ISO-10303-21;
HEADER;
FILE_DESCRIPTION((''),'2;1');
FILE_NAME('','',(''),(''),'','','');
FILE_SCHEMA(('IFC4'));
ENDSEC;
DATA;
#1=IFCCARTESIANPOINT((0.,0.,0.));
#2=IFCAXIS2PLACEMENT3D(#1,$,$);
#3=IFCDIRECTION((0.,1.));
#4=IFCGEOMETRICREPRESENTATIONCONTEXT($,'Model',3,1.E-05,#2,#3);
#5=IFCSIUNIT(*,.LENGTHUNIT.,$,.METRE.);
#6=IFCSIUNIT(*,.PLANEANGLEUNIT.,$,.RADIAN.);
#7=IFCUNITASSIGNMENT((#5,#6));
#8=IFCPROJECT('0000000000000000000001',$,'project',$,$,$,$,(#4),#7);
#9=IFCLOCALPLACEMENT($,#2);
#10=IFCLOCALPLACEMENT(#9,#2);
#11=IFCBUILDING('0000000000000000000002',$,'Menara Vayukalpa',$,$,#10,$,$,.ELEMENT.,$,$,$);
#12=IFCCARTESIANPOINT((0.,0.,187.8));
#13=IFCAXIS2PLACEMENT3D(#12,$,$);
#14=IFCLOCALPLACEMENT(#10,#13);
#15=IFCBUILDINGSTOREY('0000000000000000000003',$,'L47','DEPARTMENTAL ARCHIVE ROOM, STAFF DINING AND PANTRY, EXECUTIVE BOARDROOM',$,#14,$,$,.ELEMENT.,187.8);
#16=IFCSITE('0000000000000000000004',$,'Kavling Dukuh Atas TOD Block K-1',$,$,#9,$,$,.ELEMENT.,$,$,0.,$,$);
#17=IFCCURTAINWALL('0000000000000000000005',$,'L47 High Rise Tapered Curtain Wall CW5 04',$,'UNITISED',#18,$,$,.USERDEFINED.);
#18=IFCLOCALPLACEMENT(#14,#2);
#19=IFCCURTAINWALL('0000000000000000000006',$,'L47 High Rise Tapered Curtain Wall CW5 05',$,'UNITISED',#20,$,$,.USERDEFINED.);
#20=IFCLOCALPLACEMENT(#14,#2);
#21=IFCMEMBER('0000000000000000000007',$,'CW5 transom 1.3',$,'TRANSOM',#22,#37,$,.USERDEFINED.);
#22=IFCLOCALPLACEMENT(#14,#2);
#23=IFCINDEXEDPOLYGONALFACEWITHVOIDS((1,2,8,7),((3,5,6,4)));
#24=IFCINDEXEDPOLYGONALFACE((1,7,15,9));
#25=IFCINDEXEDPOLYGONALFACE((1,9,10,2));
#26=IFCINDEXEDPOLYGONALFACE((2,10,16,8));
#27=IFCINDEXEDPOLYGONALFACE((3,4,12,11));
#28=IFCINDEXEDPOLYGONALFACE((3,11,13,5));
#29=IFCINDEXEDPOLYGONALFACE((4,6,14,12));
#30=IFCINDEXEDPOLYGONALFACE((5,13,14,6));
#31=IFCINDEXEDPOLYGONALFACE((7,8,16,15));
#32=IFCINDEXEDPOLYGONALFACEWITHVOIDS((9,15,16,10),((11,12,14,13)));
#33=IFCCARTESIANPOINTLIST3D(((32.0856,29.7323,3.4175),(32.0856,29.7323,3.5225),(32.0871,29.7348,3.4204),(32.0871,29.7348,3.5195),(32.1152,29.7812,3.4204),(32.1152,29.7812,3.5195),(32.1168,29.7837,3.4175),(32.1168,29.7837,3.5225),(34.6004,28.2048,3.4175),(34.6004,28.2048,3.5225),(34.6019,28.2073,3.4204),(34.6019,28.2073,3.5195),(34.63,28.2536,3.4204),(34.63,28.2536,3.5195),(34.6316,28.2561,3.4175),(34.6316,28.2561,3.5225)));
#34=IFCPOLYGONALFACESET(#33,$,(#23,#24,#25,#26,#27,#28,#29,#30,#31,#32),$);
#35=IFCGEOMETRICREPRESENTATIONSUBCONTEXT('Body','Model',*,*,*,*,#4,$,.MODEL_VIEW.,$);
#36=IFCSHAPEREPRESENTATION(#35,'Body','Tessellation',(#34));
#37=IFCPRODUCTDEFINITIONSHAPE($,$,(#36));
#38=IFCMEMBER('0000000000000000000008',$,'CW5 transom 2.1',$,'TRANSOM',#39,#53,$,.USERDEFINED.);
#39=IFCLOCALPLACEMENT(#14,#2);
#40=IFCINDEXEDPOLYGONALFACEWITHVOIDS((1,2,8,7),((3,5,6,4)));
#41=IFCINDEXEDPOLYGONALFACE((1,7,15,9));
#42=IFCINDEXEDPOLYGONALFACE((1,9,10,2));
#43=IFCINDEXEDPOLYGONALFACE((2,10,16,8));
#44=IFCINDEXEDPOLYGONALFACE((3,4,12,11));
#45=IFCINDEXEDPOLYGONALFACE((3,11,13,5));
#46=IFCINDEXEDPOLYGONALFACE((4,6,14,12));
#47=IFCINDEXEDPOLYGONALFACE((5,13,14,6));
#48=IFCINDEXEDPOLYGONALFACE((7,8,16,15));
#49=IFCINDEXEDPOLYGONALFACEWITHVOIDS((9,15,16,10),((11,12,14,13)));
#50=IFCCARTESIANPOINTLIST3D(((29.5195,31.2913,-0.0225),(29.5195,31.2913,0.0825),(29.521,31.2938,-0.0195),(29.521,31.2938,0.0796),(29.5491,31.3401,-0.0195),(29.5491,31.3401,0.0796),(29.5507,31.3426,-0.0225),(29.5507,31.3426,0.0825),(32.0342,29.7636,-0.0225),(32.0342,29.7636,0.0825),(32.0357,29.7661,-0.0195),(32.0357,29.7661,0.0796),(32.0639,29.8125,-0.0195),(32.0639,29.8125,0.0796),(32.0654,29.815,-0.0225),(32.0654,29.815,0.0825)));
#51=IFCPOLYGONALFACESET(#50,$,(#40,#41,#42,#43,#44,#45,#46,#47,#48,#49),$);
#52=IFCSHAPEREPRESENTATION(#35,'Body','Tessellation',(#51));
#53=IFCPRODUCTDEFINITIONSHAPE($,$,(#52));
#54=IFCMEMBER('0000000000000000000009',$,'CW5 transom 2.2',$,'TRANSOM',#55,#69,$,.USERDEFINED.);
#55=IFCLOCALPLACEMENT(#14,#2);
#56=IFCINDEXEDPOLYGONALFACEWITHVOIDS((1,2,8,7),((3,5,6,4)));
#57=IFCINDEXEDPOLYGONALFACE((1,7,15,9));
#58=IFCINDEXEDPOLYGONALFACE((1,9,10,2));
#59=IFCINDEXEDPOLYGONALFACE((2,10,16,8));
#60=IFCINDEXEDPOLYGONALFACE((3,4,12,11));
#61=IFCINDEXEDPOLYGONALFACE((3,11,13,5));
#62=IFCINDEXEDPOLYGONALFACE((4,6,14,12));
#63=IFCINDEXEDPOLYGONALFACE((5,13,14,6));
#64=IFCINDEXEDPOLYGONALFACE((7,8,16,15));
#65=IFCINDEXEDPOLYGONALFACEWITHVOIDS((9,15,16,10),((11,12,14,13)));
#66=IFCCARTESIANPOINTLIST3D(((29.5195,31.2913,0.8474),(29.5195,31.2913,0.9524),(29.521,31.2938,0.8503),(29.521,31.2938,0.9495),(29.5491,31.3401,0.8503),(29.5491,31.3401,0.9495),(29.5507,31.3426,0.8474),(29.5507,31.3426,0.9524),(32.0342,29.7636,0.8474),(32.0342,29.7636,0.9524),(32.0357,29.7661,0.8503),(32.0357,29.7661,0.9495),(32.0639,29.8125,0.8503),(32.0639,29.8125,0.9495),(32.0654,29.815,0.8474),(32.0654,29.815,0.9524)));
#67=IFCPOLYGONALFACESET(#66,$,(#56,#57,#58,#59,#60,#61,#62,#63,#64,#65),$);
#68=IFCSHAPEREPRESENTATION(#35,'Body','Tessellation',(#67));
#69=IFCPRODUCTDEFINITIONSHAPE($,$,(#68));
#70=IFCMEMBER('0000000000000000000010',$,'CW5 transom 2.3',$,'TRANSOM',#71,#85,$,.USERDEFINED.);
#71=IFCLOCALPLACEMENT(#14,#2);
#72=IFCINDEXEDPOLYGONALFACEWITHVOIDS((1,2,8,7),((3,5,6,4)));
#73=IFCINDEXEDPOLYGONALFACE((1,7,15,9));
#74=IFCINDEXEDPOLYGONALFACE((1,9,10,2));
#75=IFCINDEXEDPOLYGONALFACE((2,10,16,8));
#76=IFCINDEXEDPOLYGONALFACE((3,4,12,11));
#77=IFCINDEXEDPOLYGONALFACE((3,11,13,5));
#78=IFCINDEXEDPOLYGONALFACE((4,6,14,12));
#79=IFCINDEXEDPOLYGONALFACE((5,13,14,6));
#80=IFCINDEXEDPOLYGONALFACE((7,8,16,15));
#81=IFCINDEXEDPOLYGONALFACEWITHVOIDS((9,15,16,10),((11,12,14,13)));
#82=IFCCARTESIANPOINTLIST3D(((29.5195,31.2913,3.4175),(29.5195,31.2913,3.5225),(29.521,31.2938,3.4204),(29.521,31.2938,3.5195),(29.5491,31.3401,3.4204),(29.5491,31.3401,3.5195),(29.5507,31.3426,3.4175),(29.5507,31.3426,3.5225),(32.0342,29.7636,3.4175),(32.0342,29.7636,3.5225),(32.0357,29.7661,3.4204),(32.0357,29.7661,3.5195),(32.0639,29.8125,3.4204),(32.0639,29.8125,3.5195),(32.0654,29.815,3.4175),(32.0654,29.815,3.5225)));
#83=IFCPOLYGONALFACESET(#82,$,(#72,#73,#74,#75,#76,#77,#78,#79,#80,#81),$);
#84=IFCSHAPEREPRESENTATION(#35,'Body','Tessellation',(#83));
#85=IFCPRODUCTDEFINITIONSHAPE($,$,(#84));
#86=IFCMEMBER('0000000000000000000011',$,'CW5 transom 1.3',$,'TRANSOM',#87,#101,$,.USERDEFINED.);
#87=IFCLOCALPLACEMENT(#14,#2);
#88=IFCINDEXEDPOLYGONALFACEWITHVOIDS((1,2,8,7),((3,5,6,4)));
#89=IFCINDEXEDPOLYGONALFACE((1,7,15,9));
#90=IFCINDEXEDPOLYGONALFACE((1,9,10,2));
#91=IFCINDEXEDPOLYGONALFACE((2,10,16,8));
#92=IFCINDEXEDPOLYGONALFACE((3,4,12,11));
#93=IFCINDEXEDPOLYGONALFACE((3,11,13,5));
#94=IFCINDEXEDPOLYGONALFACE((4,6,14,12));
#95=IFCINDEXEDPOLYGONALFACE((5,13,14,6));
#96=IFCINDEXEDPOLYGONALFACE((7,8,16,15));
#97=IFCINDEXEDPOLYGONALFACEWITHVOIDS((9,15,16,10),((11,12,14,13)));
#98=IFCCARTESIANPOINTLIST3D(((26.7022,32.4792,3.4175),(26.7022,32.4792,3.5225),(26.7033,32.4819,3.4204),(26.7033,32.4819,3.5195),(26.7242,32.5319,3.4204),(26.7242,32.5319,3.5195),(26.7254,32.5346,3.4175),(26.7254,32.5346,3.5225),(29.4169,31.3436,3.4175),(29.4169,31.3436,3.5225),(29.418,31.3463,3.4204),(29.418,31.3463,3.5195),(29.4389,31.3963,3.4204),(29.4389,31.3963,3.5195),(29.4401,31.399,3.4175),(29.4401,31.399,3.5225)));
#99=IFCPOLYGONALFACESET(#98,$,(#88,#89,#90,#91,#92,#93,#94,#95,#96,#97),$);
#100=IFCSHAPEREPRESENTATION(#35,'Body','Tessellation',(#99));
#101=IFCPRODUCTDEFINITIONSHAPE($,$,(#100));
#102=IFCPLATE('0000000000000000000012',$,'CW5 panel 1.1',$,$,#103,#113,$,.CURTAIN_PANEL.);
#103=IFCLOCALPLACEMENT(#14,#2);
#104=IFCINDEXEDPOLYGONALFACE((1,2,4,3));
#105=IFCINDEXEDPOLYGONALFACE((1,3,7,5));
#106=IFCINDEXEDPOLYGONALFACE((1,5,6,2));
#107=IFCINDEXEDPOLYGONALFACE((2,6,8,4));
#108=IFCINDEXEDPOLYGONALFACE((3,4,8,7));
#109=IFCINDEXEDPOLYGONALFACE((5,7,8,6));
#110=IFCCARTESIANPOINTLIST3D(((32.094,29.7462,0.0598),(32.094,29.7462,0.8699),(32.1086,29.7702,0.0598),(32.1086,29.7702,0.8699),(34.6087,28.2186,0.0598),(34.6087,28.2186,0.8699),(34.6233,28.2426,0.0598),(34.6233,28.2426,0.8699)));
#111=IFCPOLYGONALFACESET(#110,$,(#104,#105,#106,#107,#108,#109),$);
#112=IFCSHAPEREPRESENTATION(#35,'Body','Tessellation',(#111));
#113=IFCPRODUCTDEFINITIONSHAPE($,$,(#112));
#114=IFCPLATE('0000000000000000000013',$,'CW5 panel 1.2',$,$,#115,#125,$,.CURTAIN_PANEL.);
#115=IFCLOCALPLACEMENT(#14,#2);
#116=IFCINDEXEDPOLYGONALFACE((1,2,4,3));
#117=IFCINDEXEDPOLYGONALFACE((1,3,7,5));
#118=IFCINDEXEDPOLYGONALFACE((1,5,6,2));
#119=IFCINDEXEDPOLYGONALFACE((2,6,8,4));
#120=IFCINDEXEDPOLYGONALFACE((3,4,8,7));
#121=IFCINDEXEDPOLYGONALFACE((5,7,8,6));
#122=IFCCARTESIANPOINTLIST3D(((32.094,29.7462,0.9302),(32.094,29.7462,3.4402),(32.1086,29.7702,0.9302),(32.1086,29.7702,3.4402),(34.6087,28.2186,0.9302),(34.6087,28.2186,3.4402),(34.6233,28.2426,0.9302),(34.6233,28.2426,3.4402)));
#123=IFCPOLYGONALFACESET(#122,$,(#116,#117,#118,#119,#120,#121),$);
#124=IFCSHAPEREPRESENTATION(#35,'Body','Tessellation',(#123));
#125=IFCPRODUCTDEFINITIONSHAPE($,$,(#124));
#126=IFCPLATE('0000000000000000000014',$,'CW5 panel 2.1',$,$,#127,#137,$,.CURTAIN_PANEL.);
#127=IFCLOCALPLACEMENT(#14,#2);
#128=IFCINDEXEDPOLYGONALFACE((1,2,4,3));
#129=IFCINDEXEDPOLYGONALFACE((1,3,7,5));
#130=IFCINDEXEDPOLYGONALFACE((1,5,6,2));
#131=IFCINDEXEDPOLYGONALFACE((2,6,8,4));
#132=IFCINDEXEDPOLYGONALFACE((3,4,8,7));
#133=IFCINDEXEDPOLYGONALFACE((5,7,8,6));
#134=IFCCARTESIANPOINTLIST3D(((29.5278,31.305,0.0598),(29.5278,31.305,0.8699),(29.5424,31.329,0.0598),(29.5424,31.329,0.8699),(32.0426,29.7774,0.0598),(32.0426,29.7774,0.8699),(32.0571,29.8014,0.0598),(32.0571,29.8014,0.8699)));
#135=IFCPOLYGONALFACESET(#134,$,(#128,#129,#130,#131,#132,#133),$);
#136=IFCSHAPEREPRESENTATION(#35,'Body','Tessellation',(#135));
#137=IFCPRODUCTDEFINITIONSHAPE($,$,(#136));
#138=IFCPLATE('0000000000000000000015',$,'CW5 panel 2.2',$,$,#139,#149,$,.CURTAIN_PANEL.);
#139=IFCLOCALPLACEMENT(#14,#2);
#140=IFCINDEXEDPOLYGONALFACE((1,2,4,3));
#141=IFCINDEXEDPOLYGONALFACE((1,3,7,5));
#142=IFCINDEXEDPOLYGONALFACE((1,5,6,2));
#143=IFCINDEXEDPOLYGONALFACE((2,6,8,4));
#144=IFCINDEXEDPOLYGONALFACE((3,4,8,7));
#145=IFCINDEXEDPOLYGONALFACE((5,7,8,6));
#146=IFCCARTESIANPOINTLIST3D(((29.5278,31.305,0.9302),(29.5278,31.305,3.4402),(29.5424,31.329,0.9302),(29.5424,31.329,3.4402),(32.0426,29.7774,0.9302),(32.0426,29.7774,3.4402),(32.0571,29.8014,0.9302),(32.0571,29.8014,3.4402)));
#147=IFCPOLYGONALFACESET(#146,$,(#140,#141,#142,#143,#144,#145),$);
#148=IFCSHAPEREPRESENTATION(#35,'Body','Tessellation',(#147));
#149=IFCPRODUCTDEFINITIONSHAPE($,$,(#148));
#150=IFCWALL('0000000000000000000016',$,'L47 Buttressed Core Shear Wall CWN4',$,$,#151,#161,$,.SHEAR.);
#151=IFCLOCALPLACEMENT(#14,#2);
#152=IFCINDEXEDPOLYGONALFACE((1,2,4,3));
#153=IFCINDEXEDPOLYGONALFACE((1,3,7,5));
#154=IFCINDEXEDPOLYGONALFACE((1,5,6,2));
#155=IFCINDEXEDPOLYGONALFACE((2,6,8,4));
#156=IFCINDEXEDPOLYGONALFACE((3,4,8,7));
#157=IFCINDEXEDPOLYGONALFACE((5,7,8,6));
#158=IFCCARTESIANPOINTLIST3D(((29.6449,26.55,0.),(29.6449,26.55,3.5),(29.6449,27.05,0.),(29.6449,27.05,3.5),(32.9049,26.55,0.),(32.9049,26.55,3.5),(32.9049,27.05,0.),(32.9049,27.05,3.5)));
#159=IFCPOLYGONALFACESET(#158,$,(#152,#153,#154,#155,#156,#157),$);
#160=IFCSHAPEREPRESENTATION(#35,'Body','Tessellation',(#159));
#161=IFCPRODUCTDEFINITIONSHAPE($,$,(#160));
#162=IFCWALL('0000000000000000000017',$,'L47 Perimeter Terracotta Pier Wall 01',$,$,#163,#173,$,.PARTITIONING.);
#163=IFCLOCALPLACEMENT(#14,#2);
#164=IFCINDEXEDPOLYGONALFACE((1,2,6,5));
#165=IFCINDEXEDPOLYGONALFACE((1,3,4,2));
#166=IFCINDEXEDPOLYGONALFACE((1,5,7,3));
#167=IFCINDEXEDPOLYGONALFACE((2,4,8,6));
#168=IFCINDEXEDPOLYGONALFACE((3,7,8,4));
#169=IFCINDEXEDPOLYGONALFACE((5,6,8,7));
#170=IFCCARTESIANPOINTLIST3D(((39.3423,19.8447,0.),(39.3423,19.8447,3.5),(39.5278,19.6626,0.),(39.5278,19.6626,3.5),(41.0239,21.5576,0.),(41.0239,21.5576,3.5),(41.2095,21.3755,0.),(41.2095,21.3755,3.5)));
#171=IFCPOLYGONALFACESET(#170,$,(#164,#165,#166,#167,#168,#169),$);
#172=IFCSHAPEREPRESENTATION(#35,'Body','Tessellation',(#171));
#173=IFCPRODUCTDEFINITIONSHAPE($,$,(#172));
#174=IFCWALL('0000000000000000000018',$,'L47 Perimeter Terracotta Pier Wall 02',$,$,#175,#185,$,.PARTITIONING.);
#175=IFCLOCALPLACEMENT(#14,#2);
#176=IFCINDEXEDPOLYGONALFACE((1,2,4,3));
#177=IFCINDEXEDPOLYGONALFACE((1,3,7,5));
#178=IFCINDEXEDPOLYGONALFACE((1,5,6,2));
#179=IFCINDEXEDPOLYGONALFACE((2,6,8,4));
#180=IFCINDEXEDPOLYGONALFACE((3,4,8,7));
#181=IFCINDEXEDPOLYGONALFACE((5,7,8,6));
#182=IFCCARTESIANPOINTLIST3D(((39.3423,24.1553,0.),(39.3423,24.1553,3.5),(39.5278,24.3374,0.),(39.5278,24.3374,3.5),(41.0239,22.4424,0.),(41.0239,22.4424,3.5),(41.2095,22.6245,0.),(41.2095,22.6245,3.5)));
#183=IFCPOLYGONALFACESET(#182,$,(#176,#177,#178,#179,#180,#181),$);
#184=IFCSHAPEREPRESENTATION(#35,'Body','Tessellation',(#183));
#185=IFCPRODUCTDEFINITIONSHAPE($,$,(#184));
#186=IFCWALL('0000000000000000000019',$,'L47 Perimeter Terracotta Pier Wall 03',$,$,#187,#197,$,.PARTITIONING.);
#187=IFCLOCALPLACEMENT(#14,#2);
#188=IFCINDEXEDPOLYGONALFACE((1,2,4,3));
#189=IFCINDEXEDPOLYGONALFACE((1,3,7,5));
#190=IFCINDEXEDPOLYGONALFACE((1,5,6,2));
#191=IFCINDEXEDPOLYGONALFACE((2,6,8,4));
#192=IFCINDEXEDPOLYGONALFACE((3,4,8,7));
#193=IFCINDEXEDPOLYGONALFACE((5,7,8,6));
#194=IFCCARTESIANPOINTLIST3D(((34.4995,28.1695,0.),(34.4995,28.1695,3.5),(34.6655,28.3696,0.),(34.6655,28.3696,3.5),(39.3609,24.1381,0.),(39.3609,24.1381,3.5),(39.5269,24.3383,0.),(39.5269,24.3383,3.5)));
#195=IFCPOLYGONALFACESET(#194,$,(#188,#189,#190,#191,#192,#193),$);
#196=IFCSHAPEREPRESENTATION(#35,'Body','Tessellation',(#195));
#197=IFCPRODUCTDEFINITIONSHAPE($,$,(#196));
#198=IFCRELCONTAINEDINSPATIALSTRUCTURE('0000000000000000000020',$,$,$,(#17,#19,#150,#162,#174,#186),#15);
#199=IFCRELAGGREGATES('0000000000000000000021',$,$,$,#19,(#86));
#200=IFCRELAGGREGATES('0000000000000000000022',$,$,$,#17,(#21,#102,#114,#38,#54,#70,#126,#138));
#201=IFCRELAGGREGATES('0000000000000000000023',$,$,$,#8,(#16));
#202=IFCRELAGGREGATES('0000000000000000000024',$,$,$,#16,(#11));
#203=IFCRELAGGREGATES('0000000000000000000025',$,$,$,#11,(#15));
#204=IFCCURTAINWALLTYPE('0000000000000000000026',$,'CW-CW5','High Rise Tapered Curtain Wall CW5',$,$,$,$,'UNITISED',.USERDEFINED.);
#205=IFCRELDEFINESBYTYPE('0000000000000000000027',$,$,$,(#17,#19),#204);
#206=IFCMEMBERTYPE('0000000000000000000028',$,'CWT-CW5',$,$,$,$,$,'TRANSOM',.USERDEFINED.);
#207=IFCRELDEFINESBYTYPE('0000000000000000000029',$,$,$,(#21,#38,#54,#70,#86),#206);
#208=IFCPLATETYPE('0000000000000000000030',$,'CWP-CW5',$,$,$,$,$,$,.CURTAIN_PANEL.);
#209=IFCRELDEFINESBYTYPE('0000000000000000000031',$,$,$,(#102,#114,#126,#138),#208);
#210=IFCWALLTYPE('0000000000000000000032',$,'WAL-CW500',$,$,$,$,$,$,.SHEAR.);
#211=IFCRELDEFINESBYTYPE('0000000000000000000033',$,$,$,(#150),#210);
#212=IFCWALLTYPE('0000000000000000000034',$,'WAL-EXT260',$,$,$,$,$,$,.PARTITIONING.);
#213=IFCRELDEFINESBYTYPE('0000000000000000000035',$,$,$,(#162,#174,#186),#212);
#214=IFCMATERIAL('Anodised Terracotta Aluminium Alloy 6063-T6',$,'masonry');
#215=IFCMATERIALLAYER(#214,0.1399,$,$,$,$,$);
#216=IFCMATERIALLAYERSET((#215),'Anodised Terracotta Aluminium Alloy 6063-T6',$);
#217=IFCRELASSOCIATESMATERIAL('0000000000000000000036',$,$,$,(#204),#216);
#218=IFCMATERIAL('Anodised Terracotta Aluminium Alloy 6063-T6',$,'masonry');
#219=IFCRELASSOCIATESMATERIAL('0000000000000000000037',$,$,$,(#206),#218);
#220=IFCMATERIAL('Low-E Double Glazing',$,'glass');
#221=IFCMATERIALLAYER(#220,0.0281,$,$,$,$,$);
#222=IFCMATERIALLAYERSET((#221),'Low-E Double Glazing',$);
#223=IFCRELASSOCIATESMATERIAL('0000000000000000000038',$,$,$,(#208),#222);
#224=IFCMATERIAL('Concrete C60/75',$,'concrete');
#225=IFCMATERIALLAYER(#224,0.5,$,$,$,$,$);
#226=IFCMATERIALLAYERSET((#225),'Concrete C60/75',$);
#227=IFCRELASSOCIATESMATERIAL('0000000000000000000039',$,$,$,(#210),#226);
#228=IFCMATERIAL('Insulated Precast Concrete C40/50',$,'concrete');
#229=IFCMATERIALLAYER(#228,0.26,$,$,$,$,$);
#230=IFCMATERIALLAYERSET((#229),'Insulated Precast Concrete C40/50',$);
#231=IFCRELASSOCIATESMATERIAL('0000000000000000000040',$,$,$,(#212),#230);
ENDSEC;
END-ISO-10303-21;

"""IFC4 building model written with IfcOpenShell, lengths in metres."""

from ifc_helpers import new_model, si_unit, direction, frame, frame_2d, origin, origin_2d, place, context, subcontext, project, spatial, rectangle, hollow_rectangle, extrude, material, layer, layer_set, material_profile, profile_set, type_object, element, aggregate, save


model = new_model("IFC4")

# Units and contexts
model_context = context("Model", 3, precision=1e-05, world=origin(), true_north=direction((0.0, 1.0)))
body_context = subcontext(model_context, "Body", "Model", "MODEL_VIEW")
ifc_project = project(units=[si_unit("LENGTHUNIT", "METRE"), si_unit("PLANEANGLEUNIT", "RADIAN")], contexts=[model_context])

# Site, building, storey
site_placement = place(None, origin())
site = spatial("IfcSite", under=ifc_project, at=site_placement, Name="Kavling Dukuh Atas TOD Block K-1", CompositionType="ELEMENT", RefElevation=0.0)
building_placement = place(site_placement, origin())
building = spatial("IfcBuilding", under=site, at=building_placement, Name="Menara Vayukalpa", CompositionType="ELEMENT")
storey_placement = place(building_placement, frame((0.0, 0.0, 187.8)))
storey = spatial("IfcBuildingStorey", under=building, at=storey_placement, Name="L47", Description="DEPARTMENTAL ARCHIVE ROOM, STAFF DINING AND PANTRY, EXECUTIVE BOARDROOM", CompositionType="ELEMENT", Elevation=187.8)

# Curtain wall
ifc_material_1 = material(Name="Anodised Terracotta Aluminium Alloy 6063-T6", Category="masonry")
ifc_layer_1 = layer(ifc_material_1, 0.1399)
ifc_layer_set_1 = layer_set([ifc_layer_1], Name="Anodised Terracotta Aluminium Alloy 6063-T6")
curtain_wall_type = type_object("IfcCurtainWallType", Name="CW-CW5", Description="High Rise Tapered Curtain Wall CW5", ElementType="UNITISED", PredefinedType="USERDEFINED", material=ifc_layer_set_1)
curtain_wall_1_placement = place(storey_placement, origin())
curtain_wall_1 = element("IfcCurtainWall", 1, at=curtain_wall_1_placement, inside=storey, type_object=curtain_wall_type, Name="L47 High Rise Tapered Curtain Wall CW5 04", ObjectType="UNITISED", PredefinedType="USERDEFINED")

# Curtain wall
curtain_wall_2_placement = place(storey_placement, origin())
curtain_wall_2 = element("IfcCurtainWall", 2, at=curtain_wall_2_placement, inside=storey, type_object=curtain_wall_type, Name="L47 High Rise Tapered Curtain Wall CW5 05", ObjectType="UNITISED", PredefinedType="USERDEFINED")

# Members
ifc_material_2 = material(Name="Anodised Terracotta Aluminium Alloy 6063-T6", Category="masonry")
ifc_material_profile_1 = material_profile(ifc_material_2, hollow_rectangle(XDim=0.0601, YDim=0.105, WallThickness=0.0029, at=origin_2d()), Name="ALU 60x105x3")
ifc_profile_set_1 = profile_set([ifc_material_profile_1], Name="Anodised Terracotta Aluminium Alloy 6063-T6")
member_type_1 = type_object("IfcMemberType", Name="CWT-CW5", ElementType="TRANSOM", PredefinedType="USERDEFINED", material=ifc_profile_set_1)
member_1_placement = place(storey_placement, frame((34.616, 28.2305, 3.47), z_axis=(-0.854684, 0.519149, 0.0), x_axis=(-0.519149, -0.854684, 0.0)))
member_1 = element("IfcMember", 3, at=member_1_placement, type_object=member_type_1, Name="CW5 transom 1.3", ObjectType="TRANSOM", PredefinedType="USERDEFINED", context=body_context, shape_type="SweptSolid", body=[
    extrude(hollow_rectangle(XDim=0.0601, YDim=0.105, WallThickness=0.0029, at=origin_2d()), origin(), (0.0, 0.0, 1.0), 2.9424),
])
member_2_placement = place(storey_placement, frame((32.0498, 29.7893, 0.03), z_axis=(-0.854661, 0.519186, 0.0), x_axis=(-0.519186, -0.854661, 0.0)))
member_2 = element("IfcMember", 4, at=member_2_placement, type_object=member_type_1, Name="CW5 transom 2.1", ObjectType="TRANSOM", PredefinedType="USERDEFINED", context=body_context, shape_type="SweptSolid", body=[
    extrude(hollow_rectangle(XDim=0.0601, YDim=0.105, WallThickness=0.0029, at=origin_2d()), origin(), (0.0, 0.0, 1.0), 2.9424),
])
member_3_placement = place(storey_placement, frame((32.0498, 29.7893, 0.8999), z_axis=(-0.854661, 0.519186, 0.0), x_axis=(-0.519186, -0.854661, 0.0)))
member_3 = element("IfcMember", 5, at=member_3_placement, type_object=member_type_1, Name="CW5 transom 2.2", ObjectType="TRANSOM", PredefinedType="USERDEFINED", context=body_context, shape_type="SweptSolid", body=[
    extrude(hollow_rectangle(XDim=0.0601, YDim=0.105, WallThickness=0.0029, at=origin_2d()), origin(), (0.0, 0.0, 1.0), 2.9424),
])
member_4_placement = place(storey_placement, frame((32.0498, 29.7893, 3.47), z_axis=(-0.854661, 0.519186, 0.0), x_axis=(-0.519186, -0.854661, 0.0)))
member_4 = element("IfcMember", 6, at=member_4_placement, type_object=member_type_1, Name="CW5 transom 2.3", ObjectType="TRANSOM", PredefinedType="USERDEFINED", context=body_context, shape_type="SweptSolid", body=[
    extrude(hollow_rectangle(XDim=0.0601, YDim=0.105, WallThickness=0.0029, at=origin_2d()), origin(), (0.0, 0.0, 1.0), 2.9424),
])
member_5_placement = place(storey_placement, frame((29.4285, 31.3713, 3.47), z_axis=(-0.922543, 0.385893, 0.0), x_axis=(-0.385893, -0.922543, 0.0)))
member_5 = element("IfcMember", 7, at=member_5_placement, type_object=member_type_1, Name="CW5 transom 1.3", ObjectType="TRANSOM", PredefinedType="USERDEFINED", context=body_context, shape_type="SweptSolid", body=[
    extrude(hollow_rectangle(XDim=0.0601, YDim=0.105, WallThickness=0.0029, at=origin_2d()), origin(), (0.0, 0.0, 1.0), 2.9426),
])
aggregate(curtain_wall_2, [member_5])

# Plates
ifc_material_3 = material(Name="Low-E Double Glazing", Category="glass")
ifc_layer_2 = layer(ifc_material_3, 0.0281)
ifc_layer_set_2 = layer_set([ifc_layer_2], Name="Low-E Double Glazing")
plate_type = type_object("IfcPlateType", Name="CWP-CW5", PredefinedType="CURTAIN_PANEL", material=ifc_layer_set_2)
plate_1_placement = place(storey_placement, frame((33.3586, 28.9944, 0.0598), z_axis=(0.0, 0.0, 1.0), x_axis=(-0.854665, 0.51918, 0.0)))
plate_1 = element("IfcPlate", 8, at=plate_1_placement, type_object=plate_type, Name="CW5 panel 1.1", PredefinedType="CURTAIN_PANEL", context=body_context, shape_type="SweptSolid", body=[
    extrude(rectangle(XDim=2.9424, YDim=0.0281, at=origin_2d()), origin(), (0.0, 0.0, 1.0), 0.8101),
])
plate_2_placement = place(storey_placement, frame((33.3586, 28.9944, 0.9302), z_axis=(0.0, 0.0, 1.0), x_axis=(-0.854665, 0.51918, 0.0)))
plate_2 = element("IfcPlate", 9, at=plate_2_placement, type_object=plate_type, Name="CW5 panel 1.2", PredefinedType="CURTAIN_PANEL", context=body_context, shape_type="SweptSolid", body=[
    extrude(rectangle(XDim=2.9424, YDim=0.0281, at=origin_2d()), origin(), (0.0, 0.0, 1.0), 2.51),
])
plate_3_placement = place(storey_placement, frame((30.7925, 30.5532, 0.0598), z_axis=(0.0, 0.0, 1.0), x_axis=(-0.854665, 0.51918, 0.0)))
plate_3 = element("IfcPlate", 10, at=plate_3_placement, type_object=plate_type, Name="CW5 panel 2.1", PredefinedType="CURTAIN_PANEL", context=body_context, shape_type="SweptSolid", body=[
    extrude(rectangle(XDim=2.9424, YDim=0.0281, at=origin_2d()), origin(), (0.0, 0.0, 1.0), 0.8101),
])
plate_4_placement = place(storey_placement, frame((30.7925, 30.5532, 0.9302), z_axis=(0.0, 0.0, 1.0), x_axis=(-0.854665, 0.51918, 0.0)))
plate_4 = element("IfcPlate", 11, at=plate_4_placement, type_object=plate_type, Name="CW5 panel 2.2", PredefinedType="CURTAIN_PANEL", context=body_context, shape_type="SweptSolid", body=[
    extrude(rectangle(XDim=2.9424, YDim=0.0281, at=origin_2d()), origin(), (0.0, 0.0, 1.0), 2.51),
])
aggregate(curtain_wall_1, [member_1, plate_1, plate_2, member_2, member_3, member_4, plate_3, plate_4])

# Walls
ifc_material_4 = material(Name="Concrete C60/75", Category="concrete")
ifc_layer_3 = layer(ifc_material_4, 0.5)
ifc_layer_set_3 = layer_set([ifc_layer_3], Name="Concrete C60/75")
wall_type_1 = type_object("IfcWallType", Name="WAL-CW500", PredefinedType="SHEAR", material=ifc_layer_set_3)
wall_1_placement = place(storey_placement, frame((29.645, 26.8, 0.0), z_axis=(0.0, 0.0, 1.0), x_axis=(1.0, 0.0, 0.0)))
element("IfcWall", 12, at=wall_1_placement, inside=storey, type_object=wall_type_1, Name="L47 Buttressed Core Shear Wall CWN4", PredefinedType="SHEAR", context=body_context, shape_type="SweptSolid", body=[
    extrude(rectangle(XDim=3.26, YDim=0.5, at=frame_2d((1.6299, 0.0))), origin(), (0.0, 0.0, 1.0), 3.5),
])
ifc_material_5 = material(Name="Insulated Precast Concrete C40/50", Category="concrete")
ifc_layer_4 = layer(ifc_material_5, 0.26)
ifc_layer_set_4 = layer_set([ifc_layer_4], Name="Insulated Precast Concrete C40/50")
wall_type_2 = type_object("IfcWallType", Name="WAL-EXT260", PredefinedType="PARTITIONING", material=ifc_layer_set_4)
for number, where, z_axis, x_axis, name in (
    (13, (41.1167, 21.4666, 0.0), (0.0, 0.0, 1.0), (-0.700567, -0.713586, 0.0), "L47 Perimeter Terracotta Pier Wall 01"),
    (14, (39.4351, 24.2463, 0.0), (0.0, 0.0, 1.0), (0.700567, -0.713586, 0.0), "L47 Perimeter Terracotta Pier Wall 02"),
):
    element("IfcWall", number, at=place(storey_placement, frame(where, z_axis=z_axis, x_axis=x_axis)), inside=storey, type_object=wall_type_2, Name=name, PredefinedType="PARTITIONING", context=body_context, shape_type="SweptSolid", body=[
        extrude(rectangle(XDim=2.4004, YDim=0.26, at=frame_2d((1.2002, 0.0))), origin(), (0.0, 0.0, 1.0), 3.5),
    ])
wall_2_placement = place(storey_placement, frame((34.5825, 28.2695, 0.0), z_axis=(0.0, 0.0, 1.0), x_axis=(0.769765, -0.638327, 0.0)))
element("IfcWall", 15, at=wall_2_placement, inside=storey, type_object=wall_type_2, Name="L47 Perimeter Terracotta Pier Wall 03", PredefinedType="PARTITIONING", context=body_context, shape_type="SweptSolid", body=[
    extrude(rectangle(XDim=6.3154, YDim=0.26, at=frame_2d((3.1577, 0.0))), origin(), (0.0, 0.0, 1.0), 3.5),
])

save(model, "model.ifc")
